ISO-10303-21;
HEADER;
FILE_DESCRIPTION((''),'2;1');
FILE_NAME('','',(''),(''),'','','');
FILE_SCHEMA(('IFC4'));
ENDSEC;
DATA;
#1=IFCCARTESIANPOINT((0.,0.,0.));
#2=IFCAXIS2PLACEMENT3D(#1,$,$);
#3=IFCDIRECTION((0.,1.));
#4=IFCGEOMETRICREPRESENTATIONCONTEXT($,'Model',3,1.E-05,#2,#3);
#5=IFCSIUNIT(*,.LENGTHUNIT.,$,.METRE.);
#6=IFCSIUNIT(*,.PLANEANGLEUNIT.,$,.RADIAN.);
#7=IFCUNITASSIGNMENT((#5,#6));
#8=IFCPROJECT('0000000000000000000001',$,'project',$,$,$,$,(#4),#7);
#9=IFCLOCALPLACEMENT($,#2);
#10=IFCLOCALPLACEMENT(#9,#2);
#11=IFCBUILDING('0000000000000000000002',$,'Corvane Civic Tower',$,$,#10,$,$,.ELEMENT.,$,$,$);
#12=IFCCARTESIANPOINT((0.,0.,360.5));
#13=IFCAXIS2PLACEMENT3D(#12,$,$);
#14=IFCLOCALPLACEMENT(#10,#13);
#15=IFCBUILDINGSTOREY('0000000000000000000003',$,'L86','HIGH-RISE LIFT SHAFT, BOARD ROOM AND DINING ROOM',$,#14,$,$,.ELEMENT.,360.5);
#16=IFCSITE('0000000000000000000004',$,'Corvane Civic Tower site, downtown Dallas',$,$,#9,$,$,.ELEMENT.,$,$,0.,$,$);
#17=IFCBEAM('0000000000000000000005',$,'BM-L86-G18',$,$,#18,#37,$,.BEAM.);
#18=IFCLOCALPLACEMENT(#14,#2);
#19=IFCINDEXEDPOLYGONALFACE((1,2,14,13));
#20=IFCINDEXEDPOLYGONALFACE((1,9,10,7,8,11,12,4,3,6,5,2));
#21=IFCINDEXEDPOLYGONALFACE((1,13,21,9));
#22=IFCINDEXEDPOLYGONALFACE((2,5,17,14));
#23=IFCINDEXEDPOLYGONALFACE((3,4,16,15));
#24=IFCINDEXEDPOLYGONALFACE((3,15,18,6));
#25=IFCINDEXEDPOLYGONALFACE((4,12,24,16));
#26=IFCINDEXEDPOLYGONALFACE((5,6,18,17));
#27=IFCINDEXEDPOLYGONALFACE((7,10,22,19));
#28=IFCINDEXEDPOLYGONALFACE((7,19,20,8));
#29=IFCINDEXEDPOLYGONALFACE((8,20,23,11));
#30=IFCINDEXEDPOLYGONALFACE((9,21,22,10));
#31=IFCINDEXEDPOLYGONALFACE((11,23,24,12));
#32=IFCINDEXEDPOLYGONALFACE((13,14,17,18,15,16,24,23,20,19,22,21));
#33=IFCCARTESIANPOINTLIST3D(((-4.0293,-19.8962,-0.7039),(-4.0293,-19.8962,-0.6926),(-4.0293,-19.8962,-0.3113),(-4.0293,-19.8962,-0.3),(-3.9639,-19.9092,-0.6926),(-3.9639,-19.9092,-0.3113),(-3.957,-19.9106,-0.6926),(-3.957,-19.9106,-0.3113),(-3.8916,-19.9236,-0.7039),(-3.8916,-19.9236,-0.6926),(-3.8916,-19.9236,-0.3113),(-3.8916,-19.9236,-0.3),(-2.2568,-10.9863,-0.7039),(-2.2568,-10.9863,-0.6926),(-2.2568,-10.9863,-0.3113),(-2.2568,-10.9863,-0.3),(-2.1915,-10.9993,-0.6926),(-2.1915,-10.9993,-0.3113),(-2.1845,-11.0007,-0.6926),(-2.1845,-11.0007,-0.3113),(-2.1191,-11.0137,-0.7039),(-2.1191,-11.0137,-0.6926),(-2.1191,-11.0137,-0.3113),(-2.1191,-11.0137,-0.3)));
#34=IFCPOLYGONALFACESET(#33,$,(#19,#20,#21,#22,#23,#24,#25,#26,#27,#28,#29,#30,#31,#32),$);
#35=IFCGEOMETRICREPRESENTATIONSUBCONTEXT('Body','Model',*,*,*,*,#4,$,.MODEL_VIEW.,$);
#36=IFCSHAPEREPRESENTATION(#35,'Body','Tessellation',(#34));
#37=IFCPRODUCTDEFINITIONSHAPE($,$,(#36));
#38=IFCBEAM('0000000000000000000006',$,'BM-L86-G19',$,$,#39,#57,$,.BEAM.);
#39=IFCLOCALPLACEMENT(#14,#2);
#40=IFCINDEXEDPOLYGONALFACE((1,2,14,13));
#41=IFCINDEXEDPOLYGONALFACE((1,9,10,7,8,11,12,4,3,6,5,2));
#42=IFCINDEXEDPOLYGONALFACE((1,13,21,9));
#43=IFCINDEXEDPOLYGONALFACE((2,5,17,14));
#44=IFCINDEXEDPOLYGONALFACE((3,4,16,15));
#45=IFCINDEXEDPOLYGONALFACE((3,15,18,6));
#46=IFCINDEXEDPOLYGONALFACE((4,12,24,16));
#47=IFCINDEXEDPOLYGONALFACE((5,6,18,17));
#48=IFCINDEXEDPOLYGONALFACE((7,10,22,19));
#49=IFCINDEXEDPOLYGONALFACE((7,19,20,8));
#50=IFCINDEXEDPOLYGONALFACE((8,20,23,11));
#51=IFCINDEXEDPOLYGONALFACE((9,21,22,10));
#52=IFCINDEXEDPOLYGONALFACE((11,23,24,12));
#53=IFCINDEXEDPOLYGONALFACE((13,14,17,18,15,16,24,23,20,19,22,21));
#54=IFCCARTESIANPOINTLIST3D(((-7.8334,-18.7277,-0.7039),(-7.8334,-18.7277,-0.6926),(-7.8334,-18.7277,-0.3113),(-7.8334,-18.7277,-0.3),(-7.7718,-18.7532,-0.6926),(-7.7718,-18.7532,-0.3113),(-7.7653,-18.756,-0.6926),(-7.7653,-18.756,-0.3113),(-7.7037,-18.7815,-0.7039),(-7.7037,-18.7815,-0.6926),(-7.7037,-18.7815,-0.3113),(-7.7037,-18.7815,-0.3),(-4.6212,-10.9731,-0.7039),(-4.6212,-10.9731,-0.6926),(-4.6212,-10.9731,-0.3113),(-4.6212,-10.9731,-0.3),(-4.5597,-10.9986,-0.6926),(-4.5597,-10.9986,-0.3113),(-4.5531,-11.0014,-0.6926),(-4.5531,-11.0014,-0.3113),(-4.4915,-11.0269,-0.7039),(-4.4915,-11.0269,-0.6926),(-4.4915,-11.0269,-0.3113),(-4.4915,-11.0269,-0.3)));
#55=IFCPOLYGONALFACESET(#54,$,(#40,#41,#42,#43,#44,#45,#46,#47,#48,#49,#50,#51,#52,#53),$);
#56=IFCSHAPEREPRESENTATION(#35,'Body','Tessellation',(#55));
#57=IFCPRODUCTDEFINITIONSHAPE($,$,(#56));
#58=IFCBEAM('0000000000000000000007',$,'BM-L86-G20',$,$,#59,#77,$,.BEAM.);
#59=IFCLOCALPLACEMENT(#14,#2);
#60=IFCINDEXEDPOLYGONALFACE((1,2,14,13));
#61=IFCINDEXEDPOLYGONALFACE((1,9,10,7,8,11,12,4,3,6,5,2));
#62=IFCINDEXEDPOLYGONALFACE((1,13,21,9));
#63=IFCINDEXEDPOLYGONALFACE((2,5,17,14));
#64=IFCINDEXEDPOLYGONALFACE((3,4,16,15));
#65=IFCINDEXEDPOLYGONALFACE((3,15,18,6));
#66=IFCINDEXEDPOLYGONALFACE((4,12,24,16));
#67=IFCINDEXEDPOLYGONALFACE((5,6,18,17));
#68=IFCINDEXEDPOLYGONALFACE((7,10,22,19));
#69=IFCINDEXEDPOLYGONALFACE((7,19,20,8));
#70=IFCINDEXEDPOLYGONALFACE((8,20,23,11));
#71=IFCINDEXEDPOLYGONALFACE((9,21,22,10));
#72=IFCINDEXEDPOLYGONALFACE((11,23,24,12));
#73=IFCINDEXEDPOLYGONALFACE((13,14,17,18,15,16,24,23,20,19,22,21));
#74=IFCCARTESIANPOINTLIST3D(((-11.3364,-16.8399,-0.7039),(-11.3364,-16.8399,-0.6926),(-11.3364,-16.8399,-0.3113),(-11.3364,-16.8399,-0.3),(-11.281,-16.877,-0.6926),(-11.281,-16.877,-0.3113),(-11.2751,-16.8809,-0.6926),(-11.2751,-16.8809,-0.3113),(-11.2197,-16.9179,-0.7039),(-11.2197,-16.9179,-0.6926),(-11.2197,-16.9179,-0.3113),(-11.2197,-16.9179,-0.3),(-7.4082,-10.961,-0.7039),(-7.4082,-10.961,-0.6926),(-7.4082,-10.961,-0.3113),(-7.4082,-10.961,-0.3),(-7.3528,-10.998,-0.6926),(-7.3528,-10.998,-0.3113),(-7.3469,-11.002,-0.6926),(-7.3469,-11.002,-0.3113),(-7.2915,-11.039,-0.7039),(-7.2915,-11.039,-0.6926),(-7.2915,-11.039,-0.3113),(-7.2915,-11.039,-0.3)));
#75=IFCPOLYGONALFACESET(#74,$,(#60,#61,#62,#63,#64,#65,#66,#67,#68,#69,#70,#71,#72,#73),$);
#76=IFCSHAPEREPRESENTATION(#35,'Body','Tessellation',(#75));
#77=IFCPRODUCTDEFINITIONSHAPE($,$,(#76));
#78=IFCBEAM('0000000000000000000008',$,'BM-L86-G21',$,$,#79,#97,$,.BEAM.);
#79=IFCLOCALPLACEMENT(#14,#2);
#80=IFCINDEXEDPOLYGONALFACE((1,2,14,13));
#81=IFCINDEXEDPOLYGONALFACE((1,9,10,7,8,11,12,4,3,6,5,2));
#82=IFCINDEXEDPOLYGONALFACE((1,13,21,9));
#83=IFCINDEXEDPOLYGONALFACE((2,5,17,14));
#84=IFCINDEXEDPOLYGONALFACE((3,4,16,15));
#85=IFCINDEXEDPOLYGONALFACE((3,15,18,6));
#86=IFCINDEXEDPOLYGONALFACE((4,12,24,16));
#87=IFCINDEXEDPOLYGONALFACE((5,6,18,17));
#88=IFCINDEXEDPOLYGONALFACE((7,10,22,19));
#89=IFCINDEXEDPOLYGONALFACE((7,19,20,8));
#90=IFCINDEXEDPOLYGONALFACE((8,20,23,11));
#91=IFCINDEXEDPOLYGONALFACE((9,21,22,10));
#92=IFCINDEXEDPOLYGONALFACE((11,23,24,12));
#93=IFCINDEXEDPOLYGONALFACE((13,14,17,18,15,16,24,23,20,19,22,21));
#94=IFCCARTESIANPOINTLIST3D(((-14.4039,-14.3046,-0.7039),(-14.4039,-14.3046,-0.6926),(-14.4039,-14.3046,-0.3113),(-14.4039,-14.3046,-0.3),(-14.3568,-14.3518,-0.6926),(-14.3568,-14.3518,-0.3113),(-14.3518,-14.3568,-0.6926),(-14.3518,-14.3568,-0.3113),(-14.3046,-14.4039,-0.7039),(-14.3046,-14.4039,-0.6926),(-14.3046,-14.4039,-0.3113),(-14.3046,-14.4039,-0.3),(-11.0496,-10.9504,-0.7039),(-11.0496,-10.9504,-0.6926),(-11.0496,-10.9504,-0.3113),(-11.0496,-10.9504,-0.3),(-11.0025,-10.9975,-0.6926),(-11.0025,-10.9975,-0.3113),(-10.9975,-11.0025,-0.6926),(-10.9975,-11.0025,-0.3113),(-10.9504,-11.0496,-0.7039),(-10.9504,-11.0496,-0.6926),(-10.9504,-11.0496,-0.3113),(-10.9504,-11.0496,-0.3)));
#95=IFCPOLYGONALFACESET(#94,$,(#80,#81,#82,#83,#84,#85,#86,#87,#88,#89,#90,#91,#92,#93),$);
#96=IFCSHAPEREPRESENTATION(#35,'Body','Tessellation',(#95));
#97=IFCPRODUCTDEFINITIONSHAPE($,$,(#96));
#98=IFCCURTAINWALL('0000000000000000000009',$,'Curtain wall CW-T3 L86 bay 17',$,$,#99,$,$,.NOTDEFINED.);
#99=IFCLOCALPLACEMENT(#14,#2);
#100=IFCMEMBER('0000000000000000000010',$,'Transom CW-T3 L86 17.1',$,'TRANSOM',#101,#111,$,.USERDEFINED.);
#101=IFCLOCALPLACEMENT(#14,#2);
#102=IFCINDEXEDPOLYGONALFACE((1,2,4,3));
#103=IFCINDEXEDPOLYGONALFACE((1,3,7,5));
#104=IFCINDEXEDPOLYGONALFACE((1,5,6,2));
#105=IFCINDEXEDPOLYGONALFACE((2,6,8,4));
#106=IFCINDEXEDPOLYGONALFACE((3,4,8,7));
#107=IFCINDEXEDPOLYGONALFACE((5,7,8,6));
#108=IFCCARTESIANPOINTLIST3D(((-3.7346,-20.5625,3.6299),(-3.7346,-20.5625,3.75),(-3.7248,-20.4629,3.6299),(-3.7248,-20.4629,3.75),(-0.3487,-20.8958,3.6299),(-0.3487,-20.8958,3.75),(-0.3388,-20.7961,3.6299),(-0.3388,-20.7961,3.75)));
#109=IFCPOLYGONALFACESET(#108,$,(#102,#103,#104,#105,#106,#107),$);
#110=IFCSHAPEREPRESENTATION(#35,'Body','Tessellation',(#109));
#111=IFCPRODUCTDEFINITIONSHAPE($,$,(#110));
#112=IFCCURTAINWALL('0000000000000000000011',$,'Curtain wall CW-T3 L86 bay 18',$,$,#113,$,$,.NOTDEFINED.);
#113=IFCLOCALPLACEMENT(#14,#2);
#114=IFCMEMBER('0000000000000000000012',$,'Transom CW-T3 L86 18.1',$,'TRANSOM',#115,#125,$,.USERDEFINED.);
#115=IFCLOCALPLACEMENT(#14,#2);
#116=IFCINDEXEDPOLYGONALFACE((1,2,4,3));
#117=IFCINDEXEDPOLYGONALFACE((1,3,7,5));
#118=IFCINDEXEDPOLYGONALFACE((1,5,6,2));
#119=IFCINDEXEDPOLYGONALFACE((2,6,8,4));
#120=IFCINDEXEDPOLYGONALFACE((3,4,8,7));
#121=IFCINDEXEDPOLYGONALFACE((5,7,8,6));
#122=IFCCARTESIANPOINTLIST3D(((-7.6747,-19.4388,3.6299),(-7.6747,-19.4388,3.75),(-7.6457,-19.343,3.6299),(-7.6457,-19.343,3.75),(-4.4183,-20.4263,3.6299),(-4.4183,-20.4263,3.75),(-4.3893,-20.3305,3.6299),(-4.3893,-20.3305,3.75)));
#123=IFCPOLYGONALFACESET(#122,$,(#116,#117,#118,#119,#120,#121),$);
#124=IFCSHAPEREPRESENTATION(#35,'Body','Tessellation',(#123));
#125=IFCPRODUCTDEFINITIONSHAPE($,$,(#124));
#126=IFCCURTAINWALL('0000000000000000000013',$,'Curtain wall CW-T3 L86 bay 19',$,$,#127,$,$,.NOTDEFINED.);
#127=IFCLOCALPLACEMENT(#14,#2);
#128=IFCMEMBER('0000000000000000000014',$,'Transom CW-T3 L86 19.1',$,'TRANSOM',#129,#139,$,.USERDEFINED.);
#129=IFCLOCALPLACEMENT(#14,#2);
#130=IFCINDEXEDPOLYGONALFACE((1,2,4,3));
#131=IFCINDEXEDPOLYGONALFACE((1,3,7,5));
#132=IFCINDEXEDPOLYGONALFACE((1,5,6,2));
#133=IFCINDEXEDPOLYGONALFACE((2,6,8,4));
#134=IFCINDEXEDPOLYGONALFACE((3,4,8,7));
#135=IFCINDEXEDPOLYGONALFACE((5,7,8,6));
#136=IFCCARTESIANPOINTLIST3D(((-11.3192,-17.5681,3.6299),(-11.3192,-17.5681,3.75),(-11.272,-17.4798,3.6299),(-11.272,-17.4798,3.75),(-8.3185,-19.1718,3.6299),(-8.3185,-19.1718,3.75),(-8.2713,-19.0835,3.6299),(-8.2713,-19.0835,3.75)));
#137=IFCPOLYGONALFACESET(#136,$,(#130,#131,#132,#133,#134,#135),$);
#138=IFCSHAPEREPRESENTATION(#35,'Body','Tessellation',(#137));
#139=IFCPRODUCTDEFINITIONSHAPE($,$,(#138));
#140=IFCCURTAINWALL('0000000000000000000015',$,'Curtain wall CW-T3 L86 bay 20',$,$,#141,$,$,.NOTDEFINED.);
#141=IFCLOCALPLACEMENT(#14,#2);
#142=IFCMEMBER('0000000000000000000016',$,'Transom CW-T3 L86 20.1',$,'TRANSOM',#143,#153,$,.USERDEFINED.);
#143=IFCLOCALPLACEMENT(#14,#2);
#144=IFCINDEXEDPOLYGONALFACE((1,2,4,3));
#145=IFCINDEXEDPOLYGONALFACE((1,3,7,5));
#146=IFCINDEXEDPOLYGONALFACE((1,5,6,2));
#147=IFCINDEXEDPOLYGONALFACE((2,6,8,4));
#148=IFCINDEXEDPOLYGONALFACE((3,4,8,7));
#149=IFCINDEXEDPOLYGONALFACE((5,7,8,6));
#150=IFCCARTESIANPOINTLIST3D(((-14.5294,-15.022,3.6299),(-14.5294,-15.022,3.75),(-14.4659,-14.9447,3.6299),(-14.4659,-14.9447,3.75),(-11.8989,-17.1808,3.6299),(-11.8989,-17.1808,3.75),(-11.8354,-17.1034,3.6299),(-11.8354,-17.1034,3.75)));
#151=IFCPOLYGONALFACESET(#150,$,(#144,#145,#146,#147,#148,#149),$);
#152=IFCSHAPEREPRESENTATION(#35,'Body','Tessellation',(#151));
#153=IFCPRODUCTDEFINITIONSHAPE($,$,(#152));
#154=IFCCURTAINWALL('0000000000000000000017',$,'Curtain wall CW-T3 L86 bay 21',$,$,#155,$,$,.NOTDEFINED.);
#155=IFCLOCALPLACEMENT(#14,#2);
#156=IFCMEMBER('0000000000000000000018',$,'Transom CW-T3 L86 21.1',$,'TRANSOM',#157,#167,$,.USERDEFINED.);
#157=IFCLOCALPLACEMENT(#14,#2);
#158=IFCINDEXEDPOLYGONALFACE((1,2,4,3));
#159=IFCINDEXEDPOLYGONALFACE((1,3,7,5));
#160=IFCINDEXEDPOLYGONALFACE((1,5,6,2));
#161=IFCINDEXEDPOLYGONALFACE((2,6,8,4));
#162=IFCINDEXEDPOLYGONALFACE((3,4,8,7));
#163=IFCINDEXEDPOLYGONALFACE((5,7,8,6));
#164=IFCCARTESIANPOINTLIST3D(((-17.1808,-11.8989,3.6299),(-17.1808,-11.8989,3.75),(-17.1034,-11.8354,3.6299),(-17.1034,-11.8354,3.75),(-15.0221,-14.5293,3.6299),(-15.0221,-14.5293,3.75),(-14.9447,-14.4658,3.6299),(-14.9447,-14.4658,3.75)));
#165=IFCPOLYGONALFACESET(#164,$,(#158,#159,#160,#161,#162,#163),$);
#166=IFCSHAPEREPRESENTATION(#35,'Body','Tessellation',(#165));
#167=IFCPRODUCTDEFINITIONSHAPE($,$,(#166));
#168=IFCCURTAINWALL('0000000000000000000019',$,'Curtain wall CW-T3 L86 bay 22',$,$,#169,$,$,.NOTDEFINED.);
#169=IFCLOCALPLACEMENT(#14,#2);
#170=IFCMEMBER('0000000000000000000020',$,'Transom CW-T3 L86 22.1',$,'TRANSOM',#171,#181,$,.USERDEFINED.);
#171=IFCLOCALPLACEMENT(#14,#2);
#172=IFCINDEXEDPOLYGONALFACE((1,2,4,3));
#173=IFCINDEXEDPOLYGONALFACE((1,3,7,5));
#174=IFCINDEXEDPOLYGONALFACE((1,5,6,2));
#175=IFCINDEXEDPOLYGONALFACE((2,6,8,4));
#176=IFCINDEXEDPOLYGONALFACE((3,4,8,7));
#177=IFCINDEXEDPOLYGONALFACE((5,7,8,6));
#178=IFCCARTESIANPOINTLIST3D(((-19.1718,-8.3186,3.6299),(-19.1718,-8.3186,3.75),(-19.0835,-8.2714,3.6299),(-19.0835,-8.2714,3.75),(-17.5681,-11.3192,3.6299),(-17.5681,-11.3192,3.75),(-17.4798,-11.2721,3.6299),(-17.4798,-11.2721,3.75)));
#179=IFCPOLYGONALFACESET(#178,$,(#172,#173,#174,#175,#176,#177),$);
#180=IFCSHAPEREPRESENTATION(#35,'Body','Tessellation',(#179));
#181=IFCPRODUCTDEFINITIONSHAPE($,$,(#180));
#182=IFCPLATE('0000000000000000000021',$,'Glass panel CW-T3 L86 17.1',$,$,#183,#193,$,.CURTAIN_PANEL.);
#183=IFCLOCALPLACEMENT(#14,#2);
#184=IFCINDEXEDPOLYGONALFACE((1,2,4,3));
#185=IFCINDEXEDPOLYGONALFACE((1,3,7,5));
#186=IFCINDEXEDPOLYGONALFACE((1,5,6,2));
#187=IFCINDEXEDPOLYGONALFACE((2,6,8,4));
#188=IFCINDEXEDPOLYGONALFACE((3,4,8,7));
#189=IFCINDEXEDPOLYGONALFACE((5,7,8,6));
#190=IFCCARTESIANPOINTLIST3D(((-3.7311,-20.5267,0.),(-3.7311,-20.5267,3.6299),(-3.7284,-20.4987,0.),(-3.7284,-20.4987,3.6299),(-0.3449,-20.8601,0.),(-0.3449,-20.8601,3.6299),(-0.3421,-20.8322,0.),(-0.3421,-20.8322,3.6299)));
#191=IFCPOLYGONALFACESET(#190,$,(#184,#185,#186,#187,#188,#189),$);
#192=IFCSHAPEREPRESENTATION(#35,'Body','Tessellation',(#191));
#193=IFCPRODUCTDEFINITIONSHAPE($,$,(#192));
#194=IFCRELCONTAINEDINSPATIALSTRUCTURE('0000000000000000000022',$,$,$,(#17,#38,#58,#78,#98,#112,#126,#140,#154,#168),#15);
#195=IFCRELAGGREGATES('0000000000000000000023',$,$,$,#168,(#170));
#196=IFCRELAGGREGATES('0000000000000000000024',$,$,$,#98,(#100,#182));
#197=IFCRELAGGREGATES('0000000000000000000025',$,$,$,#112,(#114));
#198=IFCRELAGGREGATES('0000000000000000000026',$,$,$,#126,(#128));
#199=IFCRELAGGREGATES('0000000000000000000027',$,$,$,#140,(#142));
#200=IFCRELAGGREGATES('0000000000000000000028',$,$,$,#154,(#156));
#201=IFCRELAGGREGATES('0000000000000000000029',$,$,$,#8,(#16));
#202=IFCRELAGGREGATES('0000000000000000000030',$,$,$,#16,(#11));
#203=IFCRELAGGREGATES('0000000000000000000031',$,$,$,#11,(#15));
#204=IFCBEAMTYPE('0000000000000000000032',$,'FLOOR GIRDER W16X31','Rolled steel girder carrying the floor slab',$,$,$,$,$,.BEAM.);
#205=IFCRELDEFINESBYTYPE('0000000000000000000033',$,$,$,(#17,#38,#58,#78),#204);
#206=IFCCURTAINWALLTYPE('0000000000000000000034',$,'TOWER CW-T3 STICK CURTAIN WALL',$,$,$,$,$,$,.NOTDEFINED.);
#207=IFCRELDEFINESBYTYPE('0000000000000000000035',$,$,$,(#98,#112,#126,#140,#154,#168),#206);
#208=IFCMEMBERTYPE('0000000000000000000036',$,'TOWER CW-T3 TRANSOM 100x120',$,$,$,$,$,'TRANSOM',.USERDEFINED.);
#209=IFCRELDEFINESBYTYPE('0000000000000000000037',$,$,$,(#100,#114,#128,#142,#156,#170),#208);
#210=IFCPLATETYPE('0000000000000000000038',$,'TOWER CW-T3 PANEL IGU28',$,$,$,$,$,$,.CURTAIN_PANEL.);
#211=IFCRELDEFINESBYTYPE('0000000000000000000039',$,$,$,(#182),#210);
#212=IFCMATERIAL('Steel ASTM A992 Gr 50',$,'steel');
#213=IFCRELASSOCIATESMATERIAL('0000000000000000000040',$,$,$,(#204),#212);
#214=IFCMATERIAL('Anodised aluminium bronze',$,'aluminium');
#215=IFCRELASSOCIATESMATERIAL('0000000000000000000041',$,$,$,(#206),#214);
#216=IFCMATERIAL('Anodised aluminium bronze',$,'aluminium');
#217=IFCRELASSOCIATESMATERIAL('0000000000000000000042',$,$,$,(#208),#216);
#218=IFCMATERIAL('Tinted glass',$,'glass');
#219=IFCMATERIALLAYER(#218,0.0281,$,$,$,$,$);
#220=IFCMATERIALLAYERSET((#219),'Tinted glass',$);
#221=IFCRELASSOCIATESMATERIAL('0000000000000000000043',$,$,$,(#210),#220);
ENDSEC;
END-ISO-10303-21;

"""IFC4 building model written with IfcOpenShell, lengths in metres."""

from ifc_helpers import new_model, si_unit, direction, frame, origin, origin_2d, place, context, subcontext, project, spatial, rectangle, i_section, extrude, material, layer, layer_set, material_profile, profile_set, type_object, element, aggregate, save


model = new_model("IFC4")

# Units and contexts
model_context = context("Model", 3, precision=1e-05, world=origin(), true_north=direction((0.0, 1.0)))
body_context = subcontext(model_context, "Body", "Model", "MODEL_VIEW")
ifc_project = project(units=[si_unit("LENGTHUNIT", "METRE"), si_unit("PLANEANGLEUNIT", "RADIAN")], contexts=[model_context])

# Site, building, storey
site_placement = place(None, origin())
site = spatial("IfcSite", under=ifc_project, at=site_placement, Name="Corvane Civic Tower site, downtown Dallas", CompositionType="ELEMENT", RefElevation=0.0)
building_placement = place(site_placement, origin())
building = spatial("IfcBuilding", under=site, at=building_placement, Name="Corvane Civic Tower", CompositionType="ELEMENT")
storey_placement = place(building_placement, frame((0.0, 0.0, 360.5)))
storey = spatial("IfcBuildingStorey", under=building, at=storey_placement, Name="L86", Description="HIGH-RISE LIFT SHAFT, BOARD ROOM AND DINING ROOM", CompositionType="ELEMENT", Elevation=360.5)

# Beams
ifc_material_1 = material(Name="Steel ASTM A992 Gr 50", Category="steel")
ifc_material_profile_1 = material_profile(ifc_material_1, i_section(OverallWidth=0.1404, OverallDepth=0.4038, WebThickness=0.0071, FlangeThickness=0.0112, at=origin_2d()), Name="W16X31")
ifc_profile_set_1 = profile_set([ifc_material_profile_1], Name="Steel ASTM A992 Gr 50")
beam_type_1 = type_object("IfcBeamType", Name="FLOOR GIRDER W16X31", Description="Rolled steel girder carrying the floor slab", PredefinedType="BEAM", material=ifc_profile_set_1)
beam_1_placement = place(storey_placement, frame((-2.188, -11.0, -0.502), z_axis=(-0.195108, -0.980782, 0.0), x_axis=(0.980782, -0.195108, 0.0)))
element("IfcBeam", 1, at=beam_1_placement, inside=storey, type_object=beam_type_1, Name="BM-L86-G18", PredefinedType="BEAM", context=body_context, shape_type="SweptSolid", body=[
    extrude(i_section(OverallWidth=0.1404, OverallDepth=0.4038, WebThickness=0.0071, FlangeThickness=0.0112, at=origin_2d()), origin(), (0.0, 0.0, 1.0), 9.0845),
])
beam_2_placement = place(storey_placement, frame((-4.5564, -11.0, -0.502), z_axis=(-0.382692, -0.923876, 0.0), x_axis=(0.923876, -0.382692, 0.0)))
element("IfcBeam", 2, at=beam_2_placement, inside=storey, type_object=beam_type_1, Name="BM-L86-G19", PredefinedType="BEAM", context=body_context, shape_type="SweptSolid", body=[
    extrude(i_section(OverallWidth=0.1404, OverallDepth=0.4038, WebThickness=0.0071, FlangeThickness=0.0112, at=origin_2d()), origin(), (0.0, 0.0, 1.0), 8.3936),
])
beam_3_placement = place(storey_placement, frame((-7.3499, -11.0, -0.502), z_axis=(-0.555576, -0.831465, 0.0), x_axis=(0.831465, -0.555576, 0.0)))
element("IfcBeam", 3, at=beam_3_placement, inside=storey, type_object=beam_type_1, Name="BM-L86-G20", PredefinedType="BEAM", context=body_context, shape_type="SweptSolid", body=[
    extrude(i_section(OverallWidth=0.1404, OverallDepth=0.4038, WebThickness=0.0071, FlangeThickness=0.0112, at=origin_2d()), origin(), (0.0, 0.0, 1.0), 7.0706),
])
beam_4_placement = place(storey_placement, frame((-11.0, -11.0, -0.502), z_axis=(-0.707107, -0.707107, 0.0), x_axis=(0.707107, -0.707107, 0.0)))
element("IfcBeam", 4, at=beam_4_placement, inside=storey, type_object=beam_type_1, Name="BM-L86-G21", PredefinedType="BEAM", context=body_context, shape_type="SweptSolid", body=[
    extrude(i_section(OverallWidth=0.1404, OverallDepth=0.4038, WebThickness=0.0071, FlangeThickness=0.0112, at=origin_2d()), origin(), (0.0, 0.0, 1.0), 4.7437),
])

# Curtain walls, members
ifc_material_2 = material(Name="Anodised aluminium bronze", Category="aluminium")
curtain_wall_type = type_object("IfcCurtainWallType", Name="TOWER CW-T3 STICK CURTAIN WALL", PredefinedType="NOTDEFINED", material=ifc_material_2)
curtain_wall_1_placement = place(storey_placement, origin())
curtain_wall_1 = element("IfcCurtainWall", 5, at=curtain_wall_1_placement, inside=storey, type_object=curtain_wall_type, Name="Curtain wall CW-T3 L86 bay 17", PredefinedType="NOTDEFINED")
ifc_material_3 = material(Name="Anodised aluminium bronze", Category="aluminium")
ifc_material_profile_2 = material_profile(ifc_material_3, rectangle(XDim=0.1001, YDim=0.1201, at=origin_2d()), Name="TOWER CW-T3 TRANSOM 100x120")
ifc_profile_set_2 = profile_set([ifc_material_profile_2], Name="Anodised aluminium bronze")
member_type = type_object("IfcMemberType", Name="TOWER CW-T3 TRANSOM 100x120", ElementType="TRANSOM", PredefinedType="USERDEFINED", material=ifc_profile_set_2)
member_1_placement = place(storey_placement, frame((-0.3438, -20.8459, 3.6899), z_axis=(-0.995192, 0.097948, 0.0), x_axis=(-0.097948, -0.995192, 0.0)))
member_1 = element("IfcMember", 6, at=member_1_placement, type_object=member_type, Name="Transom CW-T3 L86 17.1", ObjectType="TRANSOM", PredefinedType="USERDEFINED", context=body_context, shape_type="SweptSolid", body=[
    extrude(rectangle(XDim=0.1001, YDim=0.1201, at=origin_2d()), origin(), (0.0, 0.0, 1.0), 3.4023),
])
curtain_wall_2_placement = place(storey_placement, origin())
curtain_wall_2 = element("IfcCurtainWall", 7, at=curtain_wall_2_placement, inside=storey, type_object=curtain_wall_type, Name="Curtain wall CW-T3 L86 bay 18", PredefinedType="NOTDEFINED")
member_2_placement = place(storey_placement, frame((-4.4038, -20.3784, 3.6899), z_axis=(-0.956961, 0.290216, 0.0), x_axis=(-0.290216, -0.956961, 0.0)))
member_2 = element("IfcMember", 8, at=member_2_placement, type_object=member_type, Name="Transom CW-T3 L86 18.1", ObjectType="TRANSOM", PredefinedType="USERDEFINED", context=body_context, shape_type="SweptSolid", body=[
    extrude(rectangle(XDim=0.1001, YDim=0.1201, at=origin_2d()), origin(), (0.0, 0.0, 1.0), 3.4028),
])
curtain_wall_3_placement = place(storey_placement, origin())
curtain_wall_3 = element("IfcCurtainWall", 9, at=curtain_wall_3_placement, inside=storey, type_object=curtain_wall_type, Name="Curtain wall CW-T3 L86 bay 19", PredefinedType="NOTDEFINED")
member_3_placement = place(storey_placement, frame((-8.2949, -19.1277, 3.6899), z_axis=(-0.881941, 0.471359, 0.0), x_axis=(-0.471359, -0.881941, 0.0)))
member_3 = element("IfcMember", 10, at=member_3_placement, type_object=member_type, Name="Transom CW-T3 L86 19.1", ObjectType="TRANSOM", PredefinedType="USERDEFINED", context=body_context, shape_type="SweptSolid", body=[
    extrude(rectangle(XDim=0.1001, YDim=0.1201, at=origin_2d()), origin(), (0.0, 0.0, 1.0), 3.4023),
])
curtain_wall_4_placement = place(storey_placement, origin())
curtain_wall_4 = element("IfcCurtainWall", 11, at=curtain_wall_4_placement, inside=storey, type_object=curtain_wall_type, Name="Curtain wall CW-T3 L86 bay 20", PredefinedType="NOTDEFINED")
member_4_placement = place(storey_placement, frame((-11.8672, -17.1421, 3.6899), z_axis=(-0.77301, 0.634394, 0.0), x_axis=(-0.634394, -0.77301, 0.0)))
member_4 = element("IfcMember", 12, at=member_4_placement, type_object=member_type, Name="Transom CW-T3 L86 20.1", ObjectType="TRANSOM", PredefinedType="USERDEFINED", context=body_context, shape_type="SweptSolid", body=[
    extrude(rectangle(XDim=0.1001, YDim=0.1201, at=origin_2d()), origin(), (0.0, 0.0, 1.0), 3.4028),
])
curtain_wall_5_placement = place(storey_placement, origin())
curtain_wall_5 = element("IfcCurtainWall", 13, at=curtain_wall_5_placement, inside=storey, type_object=curtain_wall_type, Name="Curtain wall CW-T3 L86 bay 21", PredefinedType="NOTDEFINED")
member_5_placement = place(storey_placement, frame((-14.9834, -14.4976, 3.6899), z_axis=(-0.634394, 0.77301, 0.0), x_axis=(-0.77301, -0.634394, 0.0)))
member_5 = element("IfcMember", 14, at=member_5_placement, type_object=member_type, Name="Transom CW-T3 L86 21.1", ObjectType="TRANSOM", PredefinedType="USERDEFINED", context=body_context, shape_type="SweptSolid", body=[
    extrude(rectangle(XDim=0.1001, YDim=0.1201, at=origin_2d()), origin(), (0.0, 0.0, 1.0), 3.4028),
])
curtain_wall_6_placement = place(storey_placement, origin())
curtain_wall_6 = element("IfcCurtainWall", 15, at=curtain_wall_6_placement, inside=storey, type_object=curtain_wall_type, Name="Curtain wall CW-T3 L86 bay 22", PredefinedType="NOTDEFINED")
member_6_placement = place(storey_placement, frame((-17.5239, -11.2957, 3.6899), z_axis=(-0.471359, 0.881941, 0.0), x_axis=(-0.881941, -0.471359, 0.0)))
member_6 = element("IfcMember", 16, at=member_6_placement, type_object=member_type, Name="Transom CW-T3 L86 22.1", ObjectType="TRANSOM", PredefinedType="USERDEFINED", context=body_context, shape_type="SweptSolid", body=[
    extrude(rectangle(XDim=0.1001, YDim=0.1201, at=origin_2d()), origin(), (0.0, 0.0, 1.0), 3.4023),
])
aggregate(curtain_wall_6, [member_6])

# Plate
ifc_material_4 = material(Name="Tinted glass", Category="glass")
ifc_layer_1 = layer(ifc_material_4, 0.0281)
ifc_layer_set_1 = layer_set([ifc_layer_1], Name="Tinted glass")
plate_type = type_object("IfcPlateType", Name="TOWER CW-T3 PANEL IGU28", PredefinedType="CURTAIN_PANEL", material=ifc_layer_set_1)
plate_1_placement = place(storey_placement, frame((-2.0366, -20.6794, 0.0), z_axis=(0.0, 0.0, 1.0), x_axis=(-0.995187, 0.097998, 0.0)))
plate_1 = element("IfcPlate", 17, at=plate_1_placement, type_object=plate_type, Name="Glass panel CW-T3 L86 17.1", PredefinedType="CURTAIN_PANEL", context=body_context, shape_type="SweptSolid", body=[
    extrude(rectangle(XDim=3.4026, YDim=0.0281, at=origin_2d()), origin(), (0.0, 0.0, 1.0), 3.6299),
])
aggregate(curtain_wall_1, [member_1, plate_1])
aggregate(curtain_wall_2, [member_2])
aggregate(curtain_wall_3, [member_3])
aggregate(curtain_wall_4, [member_4])
aggregate(curtain_wall_5, [member_5])

save(model, "model.ifc")
